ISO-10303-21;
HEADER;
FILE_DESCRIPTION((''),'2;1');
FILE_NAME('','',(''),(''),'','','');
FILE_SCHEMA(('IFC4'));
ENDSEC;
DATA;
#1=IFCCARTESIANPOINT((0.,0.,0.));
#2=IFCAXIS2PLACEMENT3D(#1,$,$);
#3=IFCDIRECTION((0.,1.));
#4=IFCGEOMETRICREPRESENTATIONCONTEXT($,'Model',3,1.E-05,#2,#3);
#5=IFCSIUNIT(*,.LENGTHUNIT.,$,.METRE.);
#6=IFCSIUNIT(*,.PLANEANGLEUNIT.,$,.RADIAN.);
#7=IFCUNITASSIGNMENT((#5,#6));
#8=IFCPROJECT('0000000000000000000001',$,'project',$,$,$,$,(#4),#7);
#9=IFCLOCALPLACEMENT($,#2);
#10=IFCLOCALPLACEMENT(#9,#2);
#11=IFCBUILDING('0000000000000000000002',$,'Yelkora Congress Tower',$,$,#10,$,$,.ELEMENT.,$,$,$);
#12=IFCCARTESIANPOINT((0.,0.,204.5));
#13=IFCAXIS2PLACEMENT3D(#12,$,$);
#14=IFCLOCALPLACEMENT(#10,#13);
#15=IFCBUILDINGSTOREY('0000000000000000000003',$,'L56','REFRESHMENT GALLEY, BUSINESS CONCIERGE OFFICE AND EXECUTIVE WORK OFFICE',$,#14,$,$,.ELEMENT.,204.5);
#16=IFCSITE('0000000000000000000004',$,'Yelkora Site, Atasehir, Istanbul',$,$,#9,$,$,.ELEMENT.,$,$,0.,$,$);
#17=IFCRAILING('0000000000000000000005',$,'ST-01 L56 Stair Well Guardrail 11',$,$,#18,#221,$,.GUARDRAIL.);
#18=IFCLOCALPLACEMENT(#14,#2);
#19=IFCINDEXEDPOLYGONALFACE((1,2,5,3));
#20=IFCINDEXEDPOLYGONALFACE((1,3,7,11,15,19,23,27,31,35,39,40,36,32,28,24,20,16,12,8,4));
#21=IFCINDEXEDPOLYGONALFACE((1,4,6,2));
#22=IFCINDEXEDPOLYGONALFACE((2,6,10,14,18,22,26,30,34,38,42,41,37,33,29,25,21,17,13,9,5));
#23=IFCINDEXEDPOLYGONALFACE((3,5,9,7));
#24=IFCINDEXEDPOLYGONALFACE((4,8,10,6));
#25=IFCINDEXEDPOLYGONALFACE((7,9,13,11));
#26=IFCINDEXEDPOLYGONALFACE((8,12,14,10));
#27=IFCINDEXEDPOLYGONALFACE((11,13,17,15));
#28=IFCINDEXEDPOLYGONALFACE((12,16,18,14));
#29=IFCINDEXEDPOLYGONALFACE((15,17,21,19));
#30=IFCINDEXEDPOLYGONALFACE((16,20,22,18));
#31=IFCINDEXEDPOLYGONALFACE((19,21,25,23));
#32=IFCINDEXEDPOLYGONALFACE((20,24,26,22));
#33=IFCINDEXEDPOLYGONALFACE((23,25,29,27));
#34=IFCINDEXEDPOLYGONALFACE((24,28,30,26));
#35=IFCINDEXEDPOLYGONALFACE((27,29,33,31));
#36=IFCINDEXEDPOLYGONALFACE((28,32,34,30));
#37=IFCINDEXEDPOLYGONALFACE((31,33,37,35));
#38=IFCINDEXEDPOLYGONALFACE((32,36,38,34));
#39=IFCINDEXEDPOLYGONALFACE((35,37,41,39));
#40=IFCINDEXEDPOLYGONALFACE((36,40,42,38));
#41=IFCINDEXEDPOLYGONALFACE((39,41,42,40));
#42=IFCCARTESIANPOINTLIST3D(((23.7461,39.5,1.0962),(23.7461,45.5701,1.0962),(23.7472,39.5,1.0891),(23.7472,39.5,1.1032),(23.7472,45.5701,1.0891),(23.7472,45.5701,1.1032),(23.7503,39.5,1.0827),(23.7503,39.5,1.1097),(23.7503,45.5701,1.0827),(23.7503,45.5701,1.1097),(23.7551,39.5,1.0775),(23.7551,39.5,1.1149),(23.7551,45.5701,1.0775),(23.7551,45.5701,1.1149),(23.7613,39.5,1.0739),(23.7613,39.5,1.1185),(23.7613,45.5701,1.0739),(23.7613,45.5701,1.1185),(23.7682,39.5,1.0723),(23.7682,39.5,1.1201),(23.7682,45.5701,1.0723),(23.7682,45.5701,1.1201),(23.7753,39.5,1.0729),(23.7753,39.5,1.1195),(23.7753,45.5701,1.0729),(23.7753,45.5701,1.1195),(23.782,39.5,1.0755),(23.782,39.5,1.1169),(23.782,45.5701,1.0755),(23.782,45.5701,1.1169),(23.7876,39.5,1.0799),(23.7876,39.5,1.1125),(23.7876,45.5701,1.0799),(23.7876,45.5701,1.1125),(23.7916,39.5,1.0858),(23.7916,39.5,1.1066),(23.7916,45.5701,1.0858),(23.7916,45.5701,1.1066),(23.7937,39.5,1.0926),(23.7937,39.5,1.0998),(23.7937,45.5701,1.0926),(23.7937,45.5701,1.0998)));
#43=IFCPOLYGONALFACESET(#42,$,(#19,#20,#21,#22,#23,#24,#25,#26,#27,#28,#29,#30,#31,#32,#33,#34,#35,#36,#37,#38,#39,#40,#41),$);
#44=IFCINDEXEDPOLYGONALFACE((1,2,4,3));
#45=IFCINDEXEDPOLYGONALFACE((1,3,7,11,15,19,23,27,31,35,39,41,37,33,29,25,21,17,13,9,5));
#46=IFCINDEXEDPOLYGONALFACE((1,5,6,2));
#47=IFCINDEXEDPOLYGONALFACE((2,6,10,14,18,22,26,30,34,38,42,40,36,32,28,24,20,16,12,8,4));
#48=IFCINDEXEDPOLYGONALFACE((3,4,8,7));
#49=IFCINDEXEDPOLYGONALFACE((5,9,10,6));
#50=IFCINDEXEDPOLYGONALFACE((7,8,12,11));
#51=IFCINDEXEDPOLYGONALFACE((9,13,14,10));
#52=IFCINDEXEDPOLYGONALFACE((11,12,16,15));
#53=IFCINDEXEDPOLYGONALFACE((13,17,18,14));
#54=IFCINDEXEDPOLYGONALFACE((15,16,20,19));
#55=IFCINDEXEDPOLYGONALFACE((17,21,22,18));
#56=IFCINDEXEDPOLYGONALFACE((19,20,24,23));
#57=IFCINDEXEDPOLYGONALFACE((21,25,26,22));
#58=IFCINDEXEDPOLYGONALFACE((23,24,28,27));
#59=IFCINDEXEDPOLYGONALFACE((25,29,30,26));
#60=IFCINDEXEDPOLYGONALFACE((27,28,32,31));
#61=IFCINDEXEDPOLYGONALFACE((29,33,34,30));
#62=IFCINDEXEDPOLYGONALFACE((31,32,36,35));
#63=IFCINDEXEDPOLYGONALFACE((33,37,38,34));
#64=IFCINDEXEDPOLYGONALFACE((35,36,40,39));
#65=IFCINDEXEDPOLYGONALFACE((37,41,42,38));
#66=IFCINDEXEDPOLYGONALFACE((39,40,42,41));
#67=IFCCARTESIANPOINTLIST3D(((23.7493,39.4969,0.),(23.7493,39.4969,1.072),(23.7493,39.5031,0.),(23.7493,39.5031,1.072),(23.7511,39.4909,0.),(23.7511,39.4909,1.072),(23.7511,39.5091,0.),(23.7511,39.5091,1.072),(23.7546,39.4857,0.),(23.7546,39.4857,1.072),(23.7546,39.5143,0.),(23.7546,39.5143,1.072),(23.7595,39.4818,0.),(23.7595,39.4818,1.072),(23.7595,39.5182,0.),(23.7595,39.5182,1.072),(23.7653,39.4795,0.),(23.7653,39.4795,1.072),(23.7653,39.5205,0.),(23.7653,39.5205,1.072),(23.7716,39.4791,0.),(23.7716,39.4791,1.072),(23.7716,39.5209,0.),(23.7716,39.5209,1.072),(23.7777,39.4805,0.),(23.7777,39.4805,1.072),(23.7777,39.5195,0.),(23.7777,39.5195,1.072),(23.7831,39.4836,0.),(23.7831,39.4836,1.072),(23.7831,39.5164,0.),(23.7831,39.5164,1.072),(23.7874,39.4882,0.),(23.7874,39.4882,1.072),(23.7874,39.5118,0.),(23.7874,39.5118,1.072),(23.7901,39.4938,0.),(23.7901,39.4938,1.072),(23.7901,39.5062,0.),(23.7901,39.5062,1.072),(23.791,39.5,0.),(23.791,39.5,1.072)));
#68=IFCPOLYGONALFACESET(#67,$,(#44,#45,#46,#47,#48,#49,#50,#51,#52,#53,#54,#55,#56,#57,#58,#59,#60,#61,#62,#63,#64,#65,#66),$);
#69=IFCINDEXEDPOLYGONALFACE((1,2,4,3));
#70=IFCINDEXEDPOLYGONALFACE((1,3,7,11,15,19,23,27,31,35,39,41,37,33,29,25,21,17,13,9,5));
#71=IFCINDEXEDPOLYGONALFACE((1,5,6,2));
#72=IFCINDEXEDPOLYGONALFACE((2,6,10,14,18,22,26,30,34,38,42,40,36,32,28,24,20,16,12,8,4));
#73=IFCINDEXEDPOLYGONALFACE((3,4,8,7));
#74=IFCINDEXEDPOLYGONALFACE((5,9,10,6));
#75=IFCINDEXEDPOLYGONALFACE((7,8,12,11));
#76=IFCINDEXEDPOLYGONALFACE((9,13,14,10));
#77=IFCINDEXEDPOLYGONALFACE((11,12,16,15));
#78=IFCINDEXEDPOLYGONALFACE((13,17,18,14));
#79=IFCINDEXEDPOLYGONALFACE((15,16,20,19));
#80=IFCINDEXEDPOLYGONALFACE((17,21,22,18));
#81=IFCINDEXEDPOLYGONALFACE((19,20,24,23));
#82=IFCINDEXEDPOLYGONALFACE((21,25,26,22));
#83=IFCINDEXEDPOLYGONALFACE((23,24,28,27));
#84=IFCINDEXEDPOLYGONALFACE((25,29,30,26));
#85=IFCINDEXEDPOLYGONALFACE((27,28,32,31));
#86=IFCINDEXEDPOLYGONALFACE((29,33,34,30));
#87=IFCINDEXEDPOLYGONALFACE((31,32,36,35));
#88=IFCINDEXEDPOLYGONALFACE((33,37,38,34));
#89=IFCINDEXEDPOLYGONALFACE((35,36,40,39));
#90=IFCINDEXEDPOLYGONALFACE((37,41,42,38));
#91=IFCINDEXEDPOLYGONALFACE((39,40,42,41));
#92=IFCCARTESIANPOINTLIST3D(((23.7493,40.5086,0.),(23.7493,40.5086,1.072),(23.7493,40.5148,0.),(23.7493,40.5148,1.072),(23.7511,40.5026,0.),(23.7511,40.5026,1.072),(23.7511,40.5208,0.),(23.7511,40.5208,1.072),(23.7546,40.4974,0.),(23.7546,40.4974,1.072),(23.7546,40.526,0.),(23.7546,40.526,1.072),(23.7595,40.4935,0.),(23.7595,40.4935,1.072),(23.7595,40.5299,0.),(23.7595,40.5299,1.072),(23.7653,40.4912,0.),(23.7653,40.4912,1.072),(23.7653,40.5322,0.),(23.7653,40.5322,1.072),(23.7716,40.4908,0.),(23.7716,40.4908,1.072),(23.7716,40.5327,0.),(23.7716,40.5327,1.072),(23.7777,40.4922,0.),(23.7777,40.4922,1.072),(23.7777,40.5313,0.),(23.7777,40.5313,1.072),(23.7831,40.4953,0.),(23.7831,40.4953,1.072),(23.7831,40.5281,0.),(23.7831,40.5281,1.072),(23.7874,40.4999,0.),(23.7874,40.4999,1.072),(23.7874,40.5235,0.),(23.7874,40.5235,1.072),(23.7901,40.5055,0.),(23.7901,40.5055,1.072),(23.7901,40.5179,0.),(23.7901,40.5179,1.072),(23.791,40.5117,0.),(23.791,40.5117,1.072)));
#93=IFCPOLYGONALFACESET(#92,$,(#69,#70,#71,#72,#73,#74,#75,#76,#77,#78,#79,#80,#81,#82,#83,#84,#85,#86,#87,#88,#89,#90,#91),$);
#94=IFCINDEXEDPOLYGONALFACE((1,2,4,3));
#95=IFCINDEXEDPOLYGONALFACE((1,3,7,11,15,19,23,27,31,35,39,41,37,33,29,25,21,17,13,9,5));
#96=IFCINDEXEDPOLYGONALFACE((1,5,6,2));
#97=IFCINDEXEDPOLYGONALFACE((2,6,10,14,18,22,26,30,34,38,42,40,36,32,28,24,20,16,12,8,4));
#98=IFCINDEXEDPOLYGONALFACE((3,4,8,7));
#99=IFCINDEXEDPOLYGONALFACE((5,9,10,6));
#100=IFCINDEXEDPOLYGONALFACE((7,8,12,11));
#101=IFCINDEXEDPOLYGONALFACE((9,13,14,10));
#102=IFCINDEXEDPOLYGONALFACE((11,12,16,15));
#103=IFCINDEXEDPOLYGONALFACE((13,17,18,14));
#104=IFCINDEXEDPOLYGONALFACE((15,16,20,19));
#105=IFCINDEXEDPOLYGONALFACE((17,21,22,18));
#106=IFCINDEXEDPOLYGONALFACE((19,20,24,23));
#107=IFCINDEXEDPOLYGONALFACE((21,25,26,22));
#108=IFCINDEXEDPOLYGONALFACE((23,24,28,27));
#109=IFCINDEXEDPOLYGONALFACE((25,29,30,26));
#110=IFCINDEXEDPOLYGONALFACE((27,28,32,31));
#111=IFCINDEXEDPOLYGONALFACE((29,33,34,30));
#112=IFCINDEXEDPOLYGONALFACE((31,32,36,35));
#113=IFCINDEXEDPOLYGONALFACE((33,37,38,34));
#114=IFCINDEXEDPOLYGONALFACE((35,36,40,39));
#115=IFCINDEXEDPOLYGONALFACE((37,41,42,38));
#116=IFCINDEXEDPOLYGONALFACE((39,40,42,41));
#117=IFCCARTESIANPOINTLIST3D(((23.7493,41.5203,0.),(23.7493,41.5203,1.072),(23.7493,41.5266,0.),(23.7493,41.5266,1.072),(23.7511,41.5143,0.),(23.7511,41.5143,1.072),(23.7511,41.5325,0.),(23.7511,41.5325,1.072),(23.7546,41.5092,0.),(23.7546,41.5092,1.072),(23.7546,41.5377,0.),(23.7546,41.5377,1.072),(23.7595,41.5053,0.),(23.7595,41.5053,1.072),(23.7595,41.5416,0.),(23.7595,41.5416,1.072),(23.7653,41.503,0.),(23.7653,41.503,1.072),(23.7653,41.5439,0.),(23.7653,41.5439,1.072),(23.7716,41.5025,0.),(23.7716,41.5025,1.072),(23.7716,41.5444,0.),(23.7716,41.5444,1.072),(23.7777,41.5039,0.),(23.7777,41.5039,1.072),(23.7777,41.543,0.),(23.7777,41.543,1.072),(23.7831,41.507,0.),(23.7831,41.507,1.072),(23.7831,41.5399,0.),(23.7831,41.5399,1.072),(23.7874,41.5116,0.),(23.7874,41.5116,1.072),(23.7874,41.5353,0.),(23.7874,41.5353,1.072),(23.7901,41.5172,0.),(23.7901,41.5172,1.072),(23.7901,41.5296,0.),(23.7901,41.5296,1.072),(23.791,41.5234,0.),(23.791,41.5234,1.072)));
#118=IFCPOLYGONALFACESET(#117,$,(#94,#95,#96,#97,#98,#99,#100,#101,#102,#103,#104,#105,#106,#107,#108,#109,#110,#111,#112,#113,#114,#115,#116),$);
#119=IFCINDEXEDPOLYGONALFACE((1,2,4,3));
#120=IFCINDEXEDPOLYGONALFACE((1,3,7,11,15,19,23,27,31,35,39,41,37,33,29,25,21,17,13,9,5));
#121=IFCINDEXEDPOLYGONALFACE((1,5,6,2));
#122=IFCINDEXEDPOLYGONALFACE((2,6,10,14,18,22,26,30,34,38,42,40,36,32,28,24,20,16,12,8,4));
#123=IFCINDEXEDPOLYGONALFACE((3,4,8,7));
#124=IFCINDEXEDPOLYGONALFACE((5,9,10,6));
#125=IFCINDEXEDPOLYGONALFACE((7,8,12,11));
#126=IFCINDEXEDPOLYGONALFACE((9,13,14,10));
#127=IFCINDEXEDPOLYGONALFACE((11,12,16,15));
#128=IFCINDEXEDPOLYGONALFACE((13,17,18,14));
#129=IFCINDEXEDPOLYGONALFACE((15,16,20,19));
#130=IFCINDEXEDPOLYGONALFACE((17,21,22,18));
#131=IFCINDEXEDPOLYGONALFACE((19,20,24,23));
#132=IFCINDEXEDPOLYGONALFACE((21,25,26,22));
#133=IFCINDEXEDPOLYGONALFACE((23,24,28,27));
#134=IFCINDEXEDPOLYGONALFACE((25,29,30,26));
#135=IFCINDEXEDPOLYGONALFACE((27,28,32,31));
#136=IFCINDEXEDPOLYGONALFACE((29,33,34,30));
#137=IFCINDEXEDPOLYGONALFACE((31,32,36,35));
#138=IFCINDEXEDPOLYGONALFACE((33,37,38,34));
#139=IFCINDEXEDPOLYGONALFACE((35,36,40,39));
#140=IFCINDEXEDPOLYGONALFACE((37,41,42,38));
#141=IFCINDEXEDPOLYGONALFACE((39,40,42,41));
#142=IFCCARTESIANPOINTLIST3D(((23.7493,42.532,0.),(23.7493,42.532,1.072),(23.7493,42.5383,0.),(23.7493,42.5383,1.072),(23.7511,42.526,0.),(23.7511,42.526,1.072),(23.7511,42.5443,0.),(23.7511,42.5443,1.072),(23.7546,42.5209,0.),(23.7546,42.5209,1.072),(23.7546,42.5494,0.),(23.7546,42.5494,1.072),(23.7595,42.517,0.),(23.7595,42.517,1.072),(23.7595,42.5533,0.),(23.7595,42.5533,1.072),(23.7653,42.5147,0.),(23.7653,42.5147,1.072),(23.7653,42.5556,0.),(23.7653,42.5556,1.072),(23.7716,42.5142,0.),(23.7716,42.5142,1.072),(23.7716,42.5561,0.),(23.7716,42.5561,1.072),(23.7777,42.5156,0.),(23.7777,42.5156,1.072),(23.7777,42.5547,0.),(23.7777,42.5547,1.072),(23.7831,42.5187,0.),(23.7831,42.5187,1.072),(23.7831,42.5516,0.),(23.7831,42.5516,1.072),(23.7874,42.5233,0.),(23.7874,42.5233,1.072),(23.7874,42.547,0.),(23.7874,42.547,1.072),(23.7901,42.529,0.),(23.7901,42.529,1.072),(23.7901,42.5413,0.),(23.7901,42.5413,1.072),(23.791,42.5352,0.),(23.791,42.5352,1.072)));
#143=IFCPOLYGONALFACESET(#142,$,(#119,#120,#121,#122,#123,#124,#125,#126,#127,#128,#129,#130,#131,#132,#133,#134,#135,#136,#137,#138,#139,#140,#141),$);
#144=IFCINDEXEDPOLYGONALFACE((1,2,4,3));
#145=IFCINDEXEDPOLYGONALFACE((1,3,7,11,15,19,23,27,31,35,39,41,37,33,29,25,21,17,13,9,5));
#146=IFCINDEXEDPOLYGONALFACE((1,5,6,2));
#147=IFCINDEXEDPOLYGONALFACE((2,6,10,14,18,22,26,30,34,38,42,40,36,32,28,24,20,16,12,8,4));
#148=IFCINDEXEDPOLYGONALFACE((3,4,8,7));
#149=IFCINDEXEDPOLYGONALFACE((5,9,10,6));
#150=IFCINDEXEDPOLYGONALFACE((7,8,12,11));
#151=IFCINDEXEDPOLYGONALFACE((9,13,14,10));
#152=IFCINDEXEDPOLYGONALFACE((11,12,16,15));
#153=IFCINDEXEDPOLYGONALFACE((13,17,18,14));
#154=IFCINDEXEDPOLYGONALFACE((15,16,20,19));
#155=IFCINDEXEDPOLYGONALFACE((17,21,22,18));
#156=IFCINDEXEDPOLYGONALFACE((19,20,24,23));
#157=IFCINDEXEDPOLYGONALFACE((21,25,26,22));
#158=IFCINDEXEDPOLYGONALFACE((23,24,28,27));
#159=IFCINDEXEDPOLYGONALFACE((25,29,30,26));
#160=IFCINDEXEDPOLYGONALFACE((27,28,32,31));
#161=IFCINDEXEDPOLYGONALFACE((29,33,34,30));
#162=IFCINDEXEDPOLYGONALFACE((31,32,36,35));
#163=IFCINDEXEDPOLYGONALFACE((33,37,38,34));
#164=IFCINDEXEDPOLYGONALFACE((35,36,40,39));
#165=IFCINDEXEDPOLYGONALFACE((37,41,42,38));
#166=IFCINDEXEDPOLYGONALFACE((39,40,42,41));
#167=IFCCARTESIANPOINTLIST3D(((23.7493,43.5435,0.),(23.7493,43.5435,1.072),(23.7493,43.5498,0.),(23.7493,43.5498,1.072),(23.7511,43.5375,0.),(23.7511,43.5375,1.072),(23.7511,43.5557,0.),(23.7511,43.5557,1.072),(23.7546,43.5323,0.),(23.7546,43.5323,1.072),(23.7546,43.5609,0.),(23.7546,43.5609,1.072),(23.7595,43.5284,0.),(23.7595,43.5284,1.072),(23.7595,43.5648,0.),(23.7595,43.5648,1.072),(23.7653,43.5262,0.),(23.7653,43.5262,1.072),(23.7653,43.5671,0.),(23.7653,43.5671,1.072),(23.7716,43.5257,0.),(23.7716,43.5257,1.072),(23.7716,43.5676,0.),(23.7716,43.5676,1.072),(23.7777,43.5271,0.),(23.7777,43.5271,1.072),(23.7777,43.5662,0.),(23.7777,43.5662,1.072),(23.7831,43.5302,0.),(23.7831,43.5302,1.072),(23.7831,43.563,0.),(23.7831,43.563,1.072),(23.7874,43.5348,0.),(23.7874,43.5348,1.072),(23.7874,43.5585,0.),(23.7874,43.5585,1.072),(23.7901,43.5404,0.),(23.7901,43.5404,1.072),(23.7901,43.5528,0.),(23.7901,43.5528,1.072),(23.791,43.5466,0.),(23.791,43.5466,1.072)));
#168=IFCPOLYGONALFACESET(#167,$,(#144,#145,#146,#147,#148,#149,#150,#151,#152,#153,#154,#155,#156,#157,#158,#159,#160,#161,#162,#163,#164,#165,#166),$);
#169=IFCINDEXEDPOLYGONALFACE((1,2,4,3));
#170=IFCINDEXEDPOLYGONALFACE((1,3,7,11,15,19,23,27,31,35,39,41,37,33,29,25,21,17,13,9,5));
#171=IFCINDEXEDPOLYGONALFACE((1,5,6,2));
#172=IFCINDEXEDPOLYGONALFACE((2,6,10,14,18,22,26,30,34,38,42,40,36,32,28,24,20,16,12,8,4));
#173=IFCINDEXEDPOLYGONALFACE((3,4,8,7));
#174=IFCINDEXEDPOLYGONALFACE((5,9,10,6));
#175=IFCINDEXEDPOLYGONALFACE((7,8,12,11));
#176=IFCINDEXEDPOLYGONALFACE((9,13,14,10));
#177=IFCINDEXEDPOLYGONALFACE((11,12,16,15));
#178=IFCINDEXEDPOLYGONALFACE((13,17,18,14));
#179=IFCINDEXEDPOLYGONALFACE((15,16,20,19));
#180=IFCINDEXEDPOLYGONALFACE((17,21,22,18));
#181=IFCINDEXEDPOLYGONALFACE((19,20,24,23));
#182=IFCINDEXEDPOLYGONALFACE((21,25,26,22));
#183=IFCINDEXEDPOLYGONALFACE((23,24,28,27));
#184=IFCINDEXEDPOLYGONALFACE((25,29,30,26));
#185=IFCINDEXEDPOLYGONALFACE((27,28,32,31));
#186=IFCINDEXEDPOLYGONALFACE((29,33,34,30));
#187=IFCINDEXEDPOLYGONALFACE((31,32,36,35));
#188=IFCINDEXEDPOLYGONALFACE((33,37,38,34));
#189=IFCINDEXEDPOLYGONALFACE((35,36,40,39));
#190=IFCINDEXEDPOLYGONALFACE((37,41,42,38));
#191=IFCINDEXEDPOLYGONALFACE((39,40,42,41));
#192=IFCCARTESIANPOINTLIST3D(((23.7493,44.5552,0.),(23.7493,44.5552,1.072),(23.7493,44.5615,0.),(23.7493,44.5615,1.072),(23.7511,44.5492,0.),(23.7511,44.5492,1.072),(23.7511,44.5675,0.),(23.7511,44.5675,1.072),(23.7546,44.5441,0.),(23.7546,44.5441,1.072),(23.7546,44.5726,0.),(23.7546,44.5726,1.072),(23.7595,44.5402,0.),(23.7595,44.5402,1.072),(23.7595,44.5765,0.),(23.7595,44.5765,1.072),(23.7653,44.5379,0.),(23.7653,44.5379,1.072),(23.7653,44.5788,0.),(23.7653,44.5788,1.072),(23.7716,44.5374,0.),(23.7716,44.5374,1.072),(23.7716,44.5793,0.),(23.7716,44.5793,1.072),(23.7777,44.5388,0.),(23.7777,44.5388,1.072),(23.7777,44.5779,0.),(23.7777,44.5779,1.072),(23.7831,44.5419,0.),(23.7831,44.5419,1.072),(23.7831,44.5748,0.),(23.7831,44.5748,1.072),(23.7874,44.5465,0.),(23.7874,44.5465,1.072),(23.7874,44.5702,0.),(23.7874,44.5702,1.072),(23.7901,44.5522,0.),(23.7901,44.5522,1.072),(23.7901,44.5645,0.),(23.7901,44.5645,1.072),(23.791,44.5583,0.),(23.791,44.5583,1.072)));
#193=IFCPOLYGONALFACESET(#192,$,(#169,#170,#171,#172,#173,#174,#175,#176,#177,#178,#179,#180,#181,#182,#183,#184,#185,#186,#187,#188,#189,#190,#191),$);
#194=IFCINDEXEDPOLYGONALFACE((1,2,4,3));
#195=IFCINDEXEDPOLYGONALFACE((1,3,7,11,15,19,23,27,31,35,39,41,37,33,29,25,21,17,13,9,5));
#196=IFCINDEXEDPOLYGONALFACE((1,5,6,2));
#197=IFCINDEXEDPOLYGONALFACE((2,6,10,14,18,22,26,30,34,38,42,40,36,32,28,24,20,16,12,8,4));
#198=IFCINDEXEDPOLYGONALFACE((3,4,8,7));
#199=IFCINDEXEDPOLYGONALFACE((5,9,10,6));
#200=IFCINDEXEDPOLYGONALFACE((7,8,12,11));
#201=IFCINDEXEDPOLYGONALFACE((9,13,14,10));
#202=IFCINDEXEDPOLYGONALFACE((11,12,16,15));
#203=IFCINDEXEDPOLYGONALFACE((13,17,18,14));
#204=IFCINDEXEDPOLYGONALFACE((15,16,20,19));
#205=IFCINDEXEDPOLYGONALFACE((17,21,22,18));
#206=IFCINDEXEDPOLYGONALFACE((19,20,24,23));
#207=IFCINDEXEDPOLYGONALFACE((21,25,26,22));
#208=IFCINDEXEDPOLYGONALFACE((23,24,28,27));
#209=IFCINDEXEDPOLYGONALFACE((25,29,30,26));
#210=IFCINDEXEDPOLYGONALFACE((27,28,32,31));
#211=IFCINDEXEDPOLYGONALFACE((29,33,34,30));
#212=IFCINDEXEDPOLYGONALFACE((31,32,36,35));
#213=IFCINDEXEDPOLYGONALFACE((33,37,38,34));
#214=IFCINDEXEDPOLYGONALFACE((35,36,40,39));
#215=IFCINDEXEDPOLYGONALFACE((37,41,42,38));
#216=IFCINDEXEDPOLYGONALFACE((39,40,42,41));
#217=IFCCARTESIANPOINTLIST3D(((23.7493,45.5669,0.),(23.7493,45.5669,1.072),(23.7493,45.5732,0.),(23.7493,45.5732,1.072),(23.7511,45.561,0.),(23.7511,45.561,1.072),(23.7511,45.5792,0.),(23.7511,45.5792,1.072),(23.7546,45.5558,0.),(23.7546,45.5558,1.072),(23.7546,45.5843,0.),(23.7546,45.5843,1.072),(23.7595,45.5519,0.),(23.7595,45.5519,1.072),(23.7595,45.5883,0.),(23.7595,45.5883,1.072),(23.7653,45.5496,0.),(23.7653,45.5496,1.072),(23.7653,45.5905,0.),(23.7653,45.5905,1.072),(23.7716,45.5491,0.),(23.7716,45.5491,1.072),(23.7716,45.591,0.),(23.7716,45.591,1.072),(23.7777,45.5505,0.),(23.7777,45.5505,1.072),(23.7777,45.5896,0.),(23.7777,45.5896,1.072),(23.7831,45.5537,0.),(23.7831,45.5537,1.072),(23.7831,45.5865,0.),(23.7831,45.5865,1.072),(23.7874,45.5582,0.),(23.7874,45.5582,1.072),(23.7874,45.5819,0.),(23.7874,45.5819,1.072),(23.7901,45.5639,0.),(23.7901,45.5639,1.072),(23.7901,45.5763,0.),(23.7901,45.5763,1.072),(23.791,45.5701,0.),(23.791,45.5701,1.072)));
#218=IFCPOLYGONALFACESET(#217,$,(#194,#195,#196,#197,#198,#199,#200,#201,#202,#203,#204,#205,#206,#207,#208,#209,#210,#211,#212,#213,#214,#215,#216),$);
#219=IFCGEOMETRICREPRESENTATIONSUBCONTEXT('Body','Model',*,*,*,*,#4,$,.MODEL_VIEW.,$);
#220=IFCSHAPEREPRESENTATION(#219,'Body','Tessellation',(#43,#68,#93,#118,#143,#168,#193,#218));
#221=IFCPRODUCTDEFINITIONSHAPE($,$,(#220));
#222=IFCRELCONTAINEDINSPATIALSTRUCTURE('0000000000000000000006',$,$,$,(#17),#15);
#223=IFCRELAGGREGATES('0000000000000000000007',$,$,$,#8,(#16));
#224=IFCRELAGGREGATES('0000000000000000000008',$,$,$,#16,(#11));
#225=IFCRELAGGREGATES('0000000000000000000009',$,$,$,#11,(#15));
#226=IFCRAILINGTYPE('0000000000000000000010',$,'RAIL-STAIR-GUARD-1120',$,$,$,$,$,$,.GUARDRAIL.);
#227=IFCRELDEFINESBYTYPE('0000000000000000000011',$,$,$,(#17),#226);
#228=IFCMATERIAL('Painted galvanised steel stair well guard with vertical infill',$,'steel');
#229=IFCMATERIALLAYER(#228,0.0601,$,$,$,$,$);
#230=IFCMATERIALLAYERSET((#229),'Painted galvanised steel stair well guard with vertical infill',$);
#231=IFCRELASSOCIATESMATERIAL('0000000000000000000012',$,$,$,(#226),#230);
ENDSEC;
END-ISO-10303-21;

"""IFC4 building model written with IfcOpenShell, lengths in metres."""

from ifc_helpers import new_model, si_unit, direction, frame, origin, origin_2d, place, context, subcontext, project, spatial, circle, extrude, material, layer, layer_set, type_object, element, save


model = new_model("IFC4")

# Units and contexts
model_context = context("Model", 3, precision=1e-05, world=origin(), true_north=direction((0.0, 1.0)))
body_context = subcontext(model_context, "Body", "Model", "MODEL_VIEW")
ifc_project = project(units=[si_unit("LENGTHUNIT", "METRE"), si_unit("PLANEANGLEUNIT", "RADIAN")], contexts=[model_context])

# Site, building, storey
site_placement = place(None, origin())
site = spatial("IfcSite", under=ifc_project, at=site_placement, Name="Yelkora Site, Atasehir, Istanbul", CompositionType="ELEMENT", RefElevation=0.0)
building_placement = place(site_placement, origin())
building = spatial("IfcBuilding", under=site, at=building_placement, Name="Yelkora Congress Tower", CompositionType="ELEMENT")
storey_placement = place(building_placement, frame((0.0, 0.0, 204.5)))
storey = spatial("IfcBuildingStorey", under=building, at=storey_placement, Name="L56", Description="REFRESHMENT GALLEY, BUSINESS CONCIERGE OFFICE AND EXECUTIVE WORK OFFICE", CompositionType="ELEMENT", Elevation=204.5)

# Railing
ifc_material_1 = material(Name="Painted galvanised steel stair well guard with vertical infill", Category="steel")
ifc_layer_1 = layer(ifc_material_1, 0.0601)
ifc_layer_set_1 = layer_set([ifc_layer_1], Name="Painted galvanised steel stair well guard with vertical infill")
railing_type = type_object("IfcRailingType", Name="RAIL-STAIR-GUARD-1120", PredefinedType="GUARDRAIL", material=ifc_layer_set_1)
railing_1_placement = place(storey_placement, frame((23.77, 39.5, 0.0)))
element("IfcRailing", 1, at=railing_1_placement, inside=storey, type_object=railing_type, Name="ST-01 L56 Stair Well Guardrail 11", PredefinedType="GUARDRAIL", context=body_context, shape_type="SweptSolid", body=[
    extrude(circle(Radius=0.0239, at=origin_2d()), frame((0.0, 0.0, 1.0962), z_axis=(0.0, 1.0, 0.0), x_axis=(-1.0, 0.0, 0.0)), (0.0, 0.0, 1.0), 6.0701),
    extrude(circle(Radius=0.021, at=origin_2d()), origin(), (0.0, 0.0, 1.0), 1.072),
    extrude(circle(Radius=0.021, at=origin_2d()), frame((0.0, 1.0117, 0.0)), (0.0, 0.0, 1.0), 1.072),
    extrude(circle(Radius=0.021, at=origin_2d()), frame((0.0, 2.0234, 0.0)), (0.0, 0.0, 1.0), 1.072),
    extrude(circle(Radius=0.021, at=origin_2d()), frame((0.0, 3.0352, 0.0)), (0.0, 0.0, 1.0), 1.072),
    extrude(circle(Radius=0.021, at=origin_2d()), frame((0.0, 4.0466, 0.0)), (0.0, 0.0, 1.0), 1.072),
    extrude(circle(Radius=0.021, at=origin_2d()), frame((0.0, 5.0583, 0.0)), (0.0, 0.0, 1.0), 1.072),
    extrude(circle(Radius=0.021, at=origin_2d()), frame((0.0, 6.0701, 0.0)), (0.0, 0.0, 1.0), 1.072),
])

save(model, "model.ifc")
